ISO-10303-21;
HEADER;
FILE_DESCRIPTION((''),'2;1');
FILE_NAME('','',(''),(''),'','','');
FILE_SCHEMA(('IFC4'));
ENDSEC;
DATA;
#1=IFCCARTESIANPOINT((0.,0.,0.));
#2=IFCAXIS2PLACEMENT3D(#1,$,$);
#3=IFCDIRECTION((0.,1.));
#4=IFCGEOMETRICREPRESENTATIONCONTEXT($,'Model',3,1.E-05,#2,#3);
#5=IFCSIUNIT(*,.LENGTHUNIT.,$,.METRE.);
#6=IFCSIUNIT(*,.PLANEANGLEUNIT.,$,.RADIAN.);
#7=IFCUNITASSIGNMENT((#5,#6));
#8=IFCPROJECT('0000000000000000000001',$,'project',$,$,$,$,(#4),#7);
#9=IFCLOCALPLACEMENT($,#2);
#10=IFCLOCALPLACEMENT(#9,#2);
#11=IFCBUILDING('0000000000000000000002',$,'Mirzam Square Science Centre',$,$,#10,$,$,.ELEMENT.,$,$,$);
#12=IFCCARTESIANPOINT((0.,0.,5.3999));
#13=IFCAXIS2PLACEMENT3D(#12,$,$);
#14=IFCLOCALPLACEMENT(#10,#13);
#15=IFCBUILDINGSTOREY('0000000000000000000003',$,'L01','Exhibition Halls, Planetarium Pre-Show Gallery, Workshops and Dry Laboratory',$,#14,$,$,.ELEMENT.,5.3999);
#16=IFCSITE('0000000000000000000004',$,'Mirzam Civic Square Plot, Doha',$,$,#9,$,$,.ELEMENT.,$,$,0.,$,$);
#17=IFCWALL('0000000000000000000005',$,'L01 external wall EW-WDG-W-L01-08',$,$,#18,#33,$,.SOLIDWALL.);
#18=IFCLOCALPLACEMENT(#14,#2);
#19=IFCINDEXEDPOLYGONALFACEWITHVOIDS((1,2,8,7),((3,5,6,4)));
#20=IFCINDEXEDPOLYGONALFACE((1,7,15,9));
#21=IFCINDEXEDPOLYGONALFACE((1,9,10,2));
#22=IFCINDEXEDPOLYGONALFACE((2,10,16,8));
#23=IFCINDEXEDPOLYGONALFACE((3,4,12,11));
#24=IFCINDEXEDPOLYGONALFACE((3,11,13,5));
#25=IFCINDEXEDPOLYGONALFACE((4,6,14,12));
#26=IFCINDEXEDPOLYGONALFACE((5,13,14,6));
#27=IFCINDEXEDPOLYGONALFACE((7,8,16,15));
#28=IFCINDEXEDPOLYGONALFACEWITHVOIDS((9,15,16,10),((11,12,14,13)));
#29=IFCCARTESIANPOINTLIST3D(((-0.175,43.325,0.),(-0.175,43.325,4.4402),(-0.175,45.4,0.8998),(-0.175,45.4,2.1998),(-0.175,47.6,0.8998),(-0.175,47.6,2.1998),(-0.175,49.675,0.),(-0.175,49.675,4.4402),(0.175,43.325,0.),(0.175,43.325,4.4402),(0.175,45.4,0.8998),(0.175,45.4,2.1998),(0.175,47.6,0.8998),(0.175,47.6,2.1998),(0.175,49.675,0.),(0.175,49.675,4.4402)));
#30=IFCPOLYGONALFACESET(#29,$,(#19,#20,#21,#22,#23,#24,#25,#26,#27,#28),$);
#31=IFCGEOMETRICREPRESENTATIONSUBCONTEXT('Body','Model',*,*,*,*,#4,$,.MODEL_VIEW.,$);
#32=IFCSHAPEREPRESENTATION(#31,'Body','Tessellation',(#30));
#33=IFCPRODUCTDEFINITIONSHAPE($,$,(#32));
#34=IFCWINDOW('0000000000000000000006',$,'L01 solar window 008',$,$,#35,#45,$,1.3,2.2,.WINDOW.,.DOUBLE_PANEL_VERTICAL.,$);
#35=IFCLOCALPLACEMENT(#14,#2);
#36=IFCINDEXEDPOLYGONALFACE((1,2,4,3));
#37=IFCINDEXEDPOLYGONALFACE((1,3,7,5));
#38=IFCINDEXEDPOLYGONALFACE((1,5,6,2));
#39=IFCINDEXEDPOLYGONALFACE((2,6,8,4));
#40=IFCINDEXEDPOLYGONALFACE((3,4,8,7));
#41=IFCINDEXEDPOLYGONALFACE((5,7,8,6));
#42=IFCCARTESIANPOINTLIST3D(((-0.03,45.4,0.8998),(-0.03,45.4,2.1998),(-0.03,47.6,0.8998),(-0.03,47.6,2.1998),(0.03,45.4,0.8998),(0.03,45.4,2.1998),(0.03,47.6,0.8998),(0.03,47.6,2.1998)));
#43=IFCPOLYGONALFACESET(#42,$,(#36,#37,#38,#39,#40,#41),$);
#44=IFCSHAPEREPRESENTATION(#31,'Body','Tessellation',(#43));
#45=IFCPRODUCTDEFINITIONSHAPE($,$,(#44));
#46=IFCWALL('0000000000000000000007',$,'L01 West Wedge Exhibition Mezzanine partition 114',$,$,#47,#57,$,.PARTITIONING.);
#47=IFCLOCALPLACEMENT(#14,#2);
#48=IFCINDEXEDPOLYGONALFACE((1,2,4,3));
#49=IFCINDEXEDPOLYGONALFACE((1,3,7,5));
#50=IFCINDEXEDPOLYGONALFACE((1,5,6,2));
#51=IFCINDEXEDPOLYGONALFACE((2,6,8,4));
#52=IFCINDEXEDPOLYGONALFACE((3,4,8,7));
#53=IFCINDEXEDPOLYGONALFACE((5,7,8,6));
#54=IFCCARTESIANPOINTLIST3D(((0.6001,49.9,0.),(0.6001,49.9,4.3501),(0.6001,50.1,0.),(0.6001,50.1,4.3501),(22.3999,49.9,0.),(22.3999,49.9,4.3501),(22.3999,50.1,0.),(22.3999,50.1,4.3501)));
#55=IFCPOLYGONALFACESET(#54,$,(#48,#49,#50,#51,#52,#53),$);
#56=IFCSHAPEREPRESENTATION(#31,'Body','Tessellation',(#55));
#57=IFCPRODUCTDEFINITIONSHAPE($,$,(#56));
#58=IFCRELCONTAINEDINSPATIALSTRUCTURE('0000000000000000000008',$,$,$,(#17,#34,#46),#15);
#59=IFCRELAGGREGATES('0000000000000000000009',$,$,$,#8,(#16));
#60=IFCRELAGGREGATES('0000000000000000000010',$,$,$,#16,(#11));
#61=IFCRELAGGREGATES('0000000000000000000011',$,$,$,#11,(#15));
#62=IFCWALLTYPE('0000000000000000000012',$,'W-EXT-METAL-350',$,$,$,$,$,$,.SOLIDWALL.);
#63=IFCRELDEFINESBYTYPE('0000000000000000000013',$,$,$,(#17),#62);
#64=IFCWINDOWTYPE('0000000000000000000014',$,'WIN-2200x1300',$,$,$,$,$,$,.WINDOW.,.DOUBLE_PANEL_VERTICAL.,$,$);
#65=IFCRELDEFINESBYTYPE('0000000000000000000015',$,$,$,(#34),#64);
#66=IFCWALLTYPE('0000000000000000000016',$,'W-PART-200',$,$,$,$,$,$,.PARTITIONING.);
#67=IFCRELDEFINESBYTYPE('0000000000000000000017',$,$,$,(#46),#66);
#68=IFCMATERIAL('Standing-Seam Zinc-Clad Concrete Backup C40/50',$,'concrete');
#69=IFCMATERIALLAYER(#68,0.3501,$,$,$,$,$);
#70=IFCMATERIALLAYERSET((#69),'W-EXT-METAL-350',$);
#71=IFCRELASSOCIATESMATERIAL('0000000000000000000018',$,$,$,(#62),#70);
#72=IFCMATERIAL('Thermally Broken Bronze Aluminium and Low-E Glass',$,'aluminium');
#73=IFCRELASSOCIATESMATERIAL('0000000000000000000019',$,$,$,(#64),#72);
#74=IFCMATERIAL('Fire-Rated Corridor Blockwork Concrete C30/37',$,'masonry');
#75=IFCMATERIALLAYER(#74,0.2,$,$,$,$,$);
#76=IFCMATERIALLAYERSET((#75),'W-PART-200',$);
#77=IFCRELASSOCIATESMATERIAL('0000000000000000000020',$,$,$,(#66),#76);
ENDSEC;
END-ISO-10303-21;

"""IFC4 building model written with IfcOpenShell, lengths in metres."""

from ifc_helpers import new_model, si_unit, direction, frame, frame_2d, origin, place, context, subcontext, project, spatial, rectangle, extrude, material, layer, layer_set, type_object, element, fill, save


model = new_model("IFC4")

# Units and contexts
model_context = context("Model", 3, precision=1e-05, world=origin(), true_north=direction((0.0, 1.0)))
body_context = subcontext(model_context, "Body", "Model", "MODEL_VIEW")
ifc_project = project(units=[si_unit("LENGTHUNIT", "METRE"), si_unit("PLANEANGLEUNIT", "RADIAN")], contexts=[model_context])

# Site, building, storey
site_placement = place(None, origin())
site = spatial("IfcSite", under=ifc_project, at=site_placement, Name="Mirzam Civic Square Plot, Doha", CompositionType="ELEMENT", RefElevation=0.0)
building_placement = place(site_placement, origin())
building = spatial("IfcBuilding", under=site, at=building_placement, Name="Mirzam Square Science Centre", CompositionType="ELEMENT")
storey_placement = place(building_placement, frame((0.0, 0.0, 5.3999)))
storey = spatial("IfcBuildingStorey", under=building, at=storey_placement, Name="L01", Description="Exhibition Halls, Planetarium Pre-Show Gallery, Workshops and Dry Laboratory", CompositionType="ELEMENT", Elevation=5.3999)

# Wall, opening, window
ifc_material_1 = material(Name="Thermally Broken Bronze Aluminium and Low-E Glass", Category="aluminium")
ifc_material_2 = material(Name="Standing-Seam Zinc-Clad Concrete Backup C40/50", Category="concrete")
ifc_layer_1 = layer(ifc_material_2, 0.3501)
ifc_layer_set_1 = layer_set([ifc_layer_1], Name="W-EXT-METAL-350")
wall_type_1 = type_object("IfcWallType", Name="W-EXT-METAL-350", PredefinedType="SOLIDWALL", material=ifc_layer_set_1)
wall_1_placement = place(storey_placement, frame((0.0, 49.675, 0.0), z_axis=(0.0, 0.0, 1.0), x_axis=(0.0, -1.0, 0.0)))
wall_1 = element("IfcWall", 1, at=wall_1_placement, inside=storey, type_object=wall_type_1, Name="L01 external wall EW-WDG-W-L01-08", PredefinedType="SOLIDWALL", context=body_context, shape_type="SweptSolid", body=[
    extrude(rectangle(XDim=6.3501, YDim=0.3501, at=frame_2d((3.175, 0.0))), origin(), (0.0, 0.0, 1.0), 4.4402),
])
opening_1_placement = place(wall_1_placement, frame((2.075, 0.0, 0.8999)))
opening_1 = element("IfcOpeningElement", 2, at=opening_1_placement, cuts=wall_1, PredefinedType="OPENING", context=body_context, shape_type="SweptSolid", body=[
    extrude(rectangle(XDim=2.2, YDim=1.3, at=frame_2d((1.1001, 0.6499))), frame((0.0, 0.1851, 0.0), z_axis=(0.0, -1.0, 0.0), x_axis=(1.0, 0.0, 0.0)), (0.0, 0.0, 1.0), 0.3701),
])
window_type_1 = type_object("IfcWindowType", Name="WIN-2200x1300", PartitioningType="DOUBLE_PANEL_VERTICAL", PredefinedType="WINDOW", material=ifc_material_1)
window_1_placement = place(opening_1_placement, origin())
window_1 = element("IfcWindow", 3, at=window_1_placement, inside=storey, type_object=window_type_1, Name="L01 solar window 008", OverallHeight=1.3, OverallWidth=2.2, PartitioningType="DOUBLE_PANEL_VERTICAL", PredefinedType="WINDOW", context=body_context, shape_type="SweptSolid", body=[
    extrude(rectangle(XDim=2.2, YDim=1.3, at=frame_2d((1.1001, 0.6499))), frame((0.0, 0.03, 0.0), z_axis=(0.0, -1.0, 0.0), x_axis=(1.0, 0.0, 0.0)), (0.0, 0.0, 1.0), 0.0601),
])
fill(opening_1, window_1)

# Wall
ifc_material_3 = material(Name="Fire-Rated Corridor Blockwork Concrete C30/37", Category="masonry")
ifc_layer_2 = layer(ifc_material_3, 0.2)
ifc_layer_set_2 = layer_set([ifc_layer_2], Name="W-PART-200")
wall_type_2 = type_object("IfcWallType", Name="W-PART-200", PredefinedType="PARTITIONING", material=ifc_layer_set_2)
wall_2_placement = place(storey_placement, frame((0.6001, 50.0, 0.0), z_axis=(0.0, 0.0, 1.0), x_axis=(1.0, 0.0, 0.0)))
element("IfcWall", 4, at=wall_2_placement, inside=storey, type_object=wall_type_2, Name="L01 West Wedge Exhibition Mezzanine partition 114", PredefinedType="PARTITIONING", context=body_context, shape_type="SweptSolid", body=[
    extrude(rectangle(XDim=21.7998, YDim=0.2, at=frame_2d((10.8999, 0.0))), origin(), (0.0, 0.0, 1.0), 4.3501),
])

save(model, "model.ifc")
